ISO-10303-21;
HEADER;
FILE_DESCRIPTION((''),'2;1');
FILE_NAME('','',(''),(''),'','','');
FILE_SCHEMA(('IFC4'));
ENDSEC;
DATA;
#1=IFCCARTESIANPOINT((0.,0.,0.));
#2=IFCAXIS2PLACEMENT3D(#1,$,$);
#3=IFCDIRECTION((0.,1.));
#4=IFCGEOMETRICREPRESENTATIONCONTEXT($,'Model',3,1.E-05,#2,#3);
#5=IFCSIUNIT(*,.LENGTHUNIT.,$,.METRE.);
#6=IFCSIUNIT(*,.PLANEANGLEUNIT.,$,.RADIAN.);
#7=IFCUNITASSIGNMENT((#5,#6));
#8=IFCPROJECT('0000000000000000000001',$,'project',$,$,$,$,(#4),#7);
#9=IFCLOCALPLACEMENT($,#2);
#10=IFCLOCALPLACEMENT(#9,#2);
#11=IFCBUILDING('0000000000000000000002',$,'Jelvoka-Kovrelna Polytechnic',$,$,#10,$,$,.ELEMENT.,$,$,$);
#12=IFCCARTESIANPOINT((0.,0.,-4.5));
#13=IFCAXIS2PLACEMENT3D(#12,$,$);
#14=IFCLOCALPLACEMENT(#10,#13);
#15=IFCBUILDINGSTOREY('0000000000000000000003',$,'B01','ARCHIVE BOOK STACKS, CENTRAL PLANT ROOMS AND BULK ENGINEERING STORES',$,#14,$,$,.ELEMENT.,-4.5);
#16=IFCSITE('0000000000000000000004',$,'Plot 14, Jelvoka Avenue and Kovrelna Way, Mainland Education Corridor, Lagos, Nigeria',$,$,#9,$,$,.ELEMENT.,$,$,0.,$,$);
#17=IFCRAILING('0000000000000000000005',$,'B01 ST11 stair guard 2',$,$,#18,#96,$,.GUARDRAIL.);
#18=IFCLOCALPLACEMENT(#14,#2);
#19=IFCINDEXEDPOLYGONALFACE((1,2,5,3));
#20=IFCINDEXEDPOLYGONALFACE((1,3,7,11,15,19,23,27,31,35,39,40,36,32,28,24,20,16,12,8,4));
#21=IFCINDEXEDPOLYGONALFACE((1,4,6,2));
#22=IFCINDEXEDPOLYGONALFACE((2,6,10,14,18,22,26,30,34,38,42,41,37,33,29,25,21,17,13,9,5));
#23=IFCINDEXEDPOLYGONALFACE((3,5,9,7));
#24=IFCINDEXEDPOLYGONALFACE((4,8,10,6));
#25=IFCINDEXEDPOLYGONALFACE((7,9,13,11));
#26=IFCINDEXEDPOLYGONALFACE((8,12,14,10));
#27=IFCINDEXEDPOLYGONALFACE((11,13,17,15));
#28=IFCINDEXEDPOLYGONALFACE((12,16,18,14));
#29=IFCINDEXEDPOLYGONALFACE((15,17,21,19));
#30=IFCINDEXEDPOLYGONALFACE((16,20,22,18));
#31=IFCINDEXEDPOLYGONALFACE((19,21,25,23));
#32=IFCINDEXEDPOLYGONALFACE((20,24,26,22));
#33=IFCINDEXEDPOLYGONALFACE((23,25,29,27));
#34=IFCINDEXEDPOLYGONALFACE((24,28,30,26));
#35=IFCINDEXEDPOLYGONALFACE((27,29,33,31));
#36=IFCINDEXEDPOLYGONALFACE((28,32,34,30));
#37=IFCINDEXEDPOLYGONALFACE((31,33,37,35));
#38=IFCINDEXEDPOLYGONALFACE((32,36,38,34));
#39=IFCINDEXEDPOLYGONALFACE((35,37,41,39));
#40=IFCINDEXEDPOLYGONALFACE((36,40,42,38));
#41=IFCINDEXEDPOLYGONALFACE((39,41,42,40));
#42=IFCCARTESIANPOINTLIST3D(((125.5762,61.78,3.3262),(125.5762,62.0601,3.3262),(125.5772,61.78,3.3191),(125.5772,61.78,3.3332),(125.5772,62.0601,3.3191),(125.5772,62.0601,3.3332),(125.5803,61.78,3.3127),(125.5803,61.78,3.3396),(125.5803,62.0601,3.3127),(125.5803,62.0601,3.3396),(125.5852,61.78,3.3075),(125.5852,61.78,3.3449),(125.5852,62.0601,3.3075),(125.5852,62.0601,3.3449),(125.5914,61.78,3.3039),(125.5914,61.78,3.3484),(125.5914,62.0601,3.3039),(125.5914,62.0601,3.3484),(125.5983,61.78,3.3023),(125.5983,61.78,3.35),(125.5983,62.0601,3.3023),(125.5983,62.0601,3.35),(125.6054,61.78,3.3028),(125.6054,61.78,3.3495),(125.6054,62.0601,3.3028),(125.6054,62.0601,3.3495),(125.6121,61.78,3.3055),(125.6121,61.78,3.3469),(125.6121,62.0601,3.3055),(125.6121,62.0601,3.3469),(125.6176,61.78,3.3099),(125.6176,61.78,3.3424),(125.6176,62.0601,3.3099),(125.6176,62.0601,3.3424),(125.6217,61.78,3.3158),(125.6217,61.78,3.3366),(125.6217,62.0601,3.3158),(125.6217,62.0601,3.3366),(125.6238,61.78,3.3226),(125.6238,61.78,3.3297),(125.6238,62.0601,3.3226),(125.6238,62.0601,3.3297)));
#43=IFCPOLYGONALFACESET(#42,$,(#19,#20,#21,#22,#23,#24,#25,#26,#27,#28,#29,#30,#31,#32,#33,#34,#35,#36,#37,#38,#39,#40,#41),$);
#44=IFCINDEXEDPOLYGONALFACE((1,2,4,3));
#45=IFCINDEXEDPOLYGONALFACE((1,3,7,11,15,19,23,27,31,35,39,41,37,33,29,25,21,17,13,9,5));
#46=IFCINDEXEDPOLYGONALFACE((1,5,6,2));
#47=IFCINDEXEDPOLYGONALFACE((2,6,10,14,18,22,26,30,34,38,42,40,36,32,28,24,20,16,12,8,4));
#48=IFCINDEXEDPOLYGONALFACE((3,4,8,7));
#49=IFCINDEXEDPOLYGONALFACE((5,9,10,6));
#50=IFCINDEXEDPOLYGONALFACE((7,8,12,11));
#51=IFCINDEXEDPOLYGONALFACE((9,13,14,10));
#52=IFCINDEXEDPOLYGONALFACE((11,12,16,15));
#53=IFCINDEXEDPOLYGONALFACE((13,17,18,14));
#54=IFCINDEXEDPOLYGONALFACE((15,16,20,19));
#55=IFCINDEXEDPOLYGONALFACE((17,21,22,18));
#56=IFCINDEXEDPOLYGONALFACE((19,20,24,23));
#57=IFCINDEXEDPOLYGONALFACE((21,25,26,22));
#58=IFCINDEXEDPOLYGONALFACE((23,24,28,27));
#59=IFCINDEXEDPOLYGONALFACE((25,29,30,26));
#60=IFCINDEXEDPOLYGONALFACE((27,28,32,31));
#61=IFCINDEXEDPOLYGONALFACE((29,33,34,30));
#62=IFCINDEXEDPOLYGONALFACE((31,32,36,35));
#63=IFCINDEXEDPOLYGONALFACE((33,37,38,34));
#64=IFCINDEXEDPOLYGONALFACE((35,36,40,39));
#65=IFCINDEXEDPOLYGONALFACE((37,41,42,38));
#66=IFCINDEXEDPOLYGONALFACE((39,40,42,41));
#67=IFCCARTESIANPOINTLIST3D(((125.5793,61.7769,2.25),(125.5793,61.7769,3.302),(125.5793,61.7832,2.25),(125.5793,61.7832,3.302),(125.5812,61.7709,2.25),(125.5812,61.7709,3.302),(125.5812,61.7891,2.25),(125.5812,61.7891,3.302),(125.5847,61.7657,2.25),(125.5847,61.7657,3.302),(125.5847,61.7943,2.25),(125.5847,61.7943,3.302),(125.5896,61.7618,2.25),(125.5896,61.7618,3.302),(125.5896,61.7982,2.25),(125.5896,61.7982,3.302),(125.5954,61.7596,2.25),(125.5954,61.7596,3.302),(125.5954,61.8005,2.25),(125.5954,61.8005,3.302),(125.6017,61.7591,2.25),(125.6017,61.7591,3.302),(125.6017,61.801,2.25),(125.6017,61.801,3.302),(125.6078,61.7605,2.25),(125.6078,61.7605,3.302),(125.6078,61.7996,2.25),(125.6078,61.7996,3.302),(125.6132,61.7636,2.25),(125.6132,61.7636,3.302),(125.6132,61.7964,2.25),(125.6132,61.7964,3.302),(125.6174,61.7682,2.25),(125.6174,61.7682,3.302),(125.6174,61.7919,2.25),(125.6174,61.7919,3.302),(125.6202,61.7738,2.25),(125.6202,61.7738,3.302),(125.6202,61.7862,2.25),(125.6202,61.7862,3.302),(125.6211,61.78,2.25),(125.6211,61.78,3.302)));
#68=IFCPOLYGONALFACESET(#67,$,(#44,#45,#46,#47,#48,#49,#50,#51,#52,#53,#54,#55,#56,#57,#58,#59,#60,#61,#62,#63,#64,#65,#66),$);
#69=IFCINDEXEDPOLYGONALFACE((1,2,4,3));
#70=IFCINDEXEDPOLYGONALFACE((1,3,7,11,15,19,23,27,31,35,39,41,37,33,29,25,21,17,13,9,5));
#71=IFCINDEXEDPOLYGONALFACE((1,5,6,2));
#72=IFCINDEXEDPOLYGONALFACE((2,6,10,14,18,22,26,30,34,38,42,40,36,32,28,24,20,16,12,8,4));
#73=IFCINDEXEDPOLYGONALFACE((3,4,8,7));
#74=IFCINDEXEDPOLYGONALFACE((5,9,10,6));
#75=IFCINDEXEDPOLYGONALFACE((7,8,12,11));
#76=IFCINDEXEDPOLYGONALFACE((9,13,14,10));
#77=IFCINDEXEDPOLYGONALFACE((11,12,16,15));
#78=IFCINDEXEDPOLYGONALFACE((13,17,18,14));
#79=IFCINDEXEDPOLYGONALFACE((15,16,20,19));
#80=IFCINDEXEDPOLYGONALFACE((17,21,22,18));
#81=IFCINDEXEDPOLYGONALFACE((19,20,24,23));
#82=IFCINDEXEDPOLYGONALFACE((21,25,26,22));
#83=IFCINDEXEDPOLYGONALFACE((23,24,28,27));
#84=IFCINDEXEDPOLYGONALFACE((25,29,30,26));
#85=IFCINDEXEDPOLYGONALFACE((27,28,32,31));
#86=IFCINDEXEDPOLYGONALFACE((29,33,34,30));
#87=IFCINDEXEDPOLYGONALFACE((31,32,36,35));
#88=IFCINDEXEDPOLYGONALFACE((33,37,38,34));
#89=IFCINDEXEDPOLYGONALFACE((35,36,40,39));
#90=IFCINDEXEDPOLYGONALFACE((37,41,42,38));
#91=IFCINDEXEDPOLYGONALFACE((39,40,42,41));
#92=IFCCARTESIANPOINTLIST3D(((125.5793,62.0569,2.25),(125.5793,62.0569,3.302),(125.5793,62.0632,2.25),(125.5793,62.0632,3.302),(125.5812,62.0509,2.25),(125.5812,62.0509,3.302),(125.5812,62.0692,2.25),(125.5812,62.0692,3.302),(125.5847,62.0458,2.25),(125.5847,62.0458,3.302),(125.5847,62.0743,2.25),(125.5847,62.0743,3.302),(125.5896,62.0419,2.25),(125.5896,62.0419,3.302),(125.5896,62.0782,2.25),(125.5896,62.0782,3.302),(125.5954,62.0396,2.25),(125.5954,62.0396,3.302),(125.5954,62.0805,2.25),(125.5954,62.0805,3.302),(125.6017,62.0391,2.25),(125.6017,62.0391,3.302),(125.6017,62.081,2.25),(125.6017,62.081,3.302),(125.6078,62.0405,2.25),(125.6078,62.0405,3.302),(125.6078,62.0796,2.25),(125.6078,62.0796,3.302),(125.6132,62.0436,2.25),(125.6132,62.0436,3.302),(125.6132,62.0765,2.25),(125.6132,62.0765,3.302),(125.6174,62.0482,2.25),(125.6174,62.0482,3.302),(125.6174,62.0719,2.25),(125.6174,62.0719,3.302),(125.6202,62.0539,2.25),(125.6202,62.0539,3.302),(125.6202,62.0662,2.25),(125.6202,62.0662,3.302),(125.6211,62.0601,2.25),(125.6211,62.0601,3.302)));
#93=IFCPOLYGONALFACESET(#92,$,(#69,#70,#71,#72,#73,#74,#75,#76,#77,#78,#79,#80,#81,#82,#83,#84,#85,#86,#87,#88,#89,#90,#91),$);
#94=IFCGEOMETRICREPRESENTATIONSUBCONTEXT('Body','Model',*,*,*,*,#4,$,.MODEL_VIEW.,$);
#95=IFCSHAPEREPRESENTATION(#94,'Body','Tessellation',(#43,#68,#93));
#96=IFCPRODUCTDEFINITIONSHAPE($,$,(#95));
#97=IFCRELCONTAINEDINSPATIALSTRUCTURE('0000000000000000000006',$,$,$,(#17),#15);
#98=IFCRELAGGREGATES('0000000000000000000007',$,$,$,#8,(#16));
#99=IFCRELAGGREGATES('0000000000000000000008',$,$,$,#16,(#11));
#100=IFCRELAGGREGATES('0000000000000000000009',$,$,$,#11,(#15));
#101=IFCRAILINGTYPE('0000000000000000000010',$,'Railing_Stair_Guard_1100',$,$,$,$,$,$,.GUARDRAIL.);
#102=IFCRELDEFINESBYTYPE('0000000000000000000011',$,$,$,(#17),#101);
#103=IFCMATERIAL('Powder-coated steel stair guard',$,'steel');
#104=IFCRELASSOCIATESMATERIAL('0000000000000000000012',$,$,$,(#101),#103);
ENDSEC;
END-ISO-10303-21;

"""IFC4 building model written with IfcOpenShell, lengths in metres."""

from ifc_helpers import new_model, si_unit, direction, frame, origin, origin_2d, place, context, subcontext, project, spatial, circle, extrude, material, type_object, element, save


model = new_model("IFC4")

# Units and contexts
model_context = context("Model", 3, precision=1e-05, world=origin(), true_north=direction((0.0, 1.0)))
body_context = subcontext(model_context, "Body", "Model", "MODEL_VIEW")
ifc_project = project(units=[si_unit("LENGTHUNIT", "METRE"), si_unit("PLANEANGLEUNIT", "RADIAN")], contexts=[model_context])

# Site, building, storey
site_placement = place(None, origin())
site = spatial("IfcSite", under=ifc_project, at=site_placement, Name="Plot 14, Jelvoka Avenue and Kovrelna Way, Mainland Education Corridor, Lagos, Nigeria", CompositionType="ELEMENT", RefElevation=0.0)
building_placement = place(site_placement, origin())
building = spatial("IfcBuilding", under=site, at=building_placement, Name="Jelvoka-Kovrelna Polytechnic", CompositionType="ELEMENT")
storey_placement = place(building_placement, frame((0.0, 0.0, -4.5)))
storey = spatial("IfcBuildingStorey", under=building, at=storey_placement, Name="B01", Description="ARCHIVE BOOK STACKS, CENTRAL PLANT ROOMS AND BULK ENGINEERING STORES", CompositionType="ELEMENT", Elevation=-4.5)

# Railing
ifc_material_1 = material(Name="Powder-coated steel stair guard", Category="steel")
railing_type_1 = type_object("IfcRailingType", Name="Railing_Stair_Guard_1100", PredefinedType="GUARDRAIL", material=ifc_material_1)
railing_1_placement = place(storey_placement, frame((125.6001, 61.78, 2.25)))
element("IfcRailing", 1, at=railing_1_placement, inside=storey, type_object=railing_type_1, Name="B01 ST11 stair guard 2", PredefinedType="GUARDRAIL", context=body_context, shape_type="SweptSolid", body=[
    extrude(circle(Radius=0.0239, at=origin_2d()), frame((0.0, 0.0, 1.0762), z_axis=(0.0, 1.0, 0.0), x_axis=(-1.0, 0.0, 0.0)), (0.0, 0.0, 1.0), 0.28),
    extrude(circle(Radius=0.021, at=origin_2d()), origin(), (0.0, 0.0, 1.0), 1.052),
    extrude(circle(Radius=0.021, at=origin_2d()), frame((0.0, 0.28, 0.0)), (0.0, 0.0, 1.0), 1.052),
])

save(model, "model.ifc")
